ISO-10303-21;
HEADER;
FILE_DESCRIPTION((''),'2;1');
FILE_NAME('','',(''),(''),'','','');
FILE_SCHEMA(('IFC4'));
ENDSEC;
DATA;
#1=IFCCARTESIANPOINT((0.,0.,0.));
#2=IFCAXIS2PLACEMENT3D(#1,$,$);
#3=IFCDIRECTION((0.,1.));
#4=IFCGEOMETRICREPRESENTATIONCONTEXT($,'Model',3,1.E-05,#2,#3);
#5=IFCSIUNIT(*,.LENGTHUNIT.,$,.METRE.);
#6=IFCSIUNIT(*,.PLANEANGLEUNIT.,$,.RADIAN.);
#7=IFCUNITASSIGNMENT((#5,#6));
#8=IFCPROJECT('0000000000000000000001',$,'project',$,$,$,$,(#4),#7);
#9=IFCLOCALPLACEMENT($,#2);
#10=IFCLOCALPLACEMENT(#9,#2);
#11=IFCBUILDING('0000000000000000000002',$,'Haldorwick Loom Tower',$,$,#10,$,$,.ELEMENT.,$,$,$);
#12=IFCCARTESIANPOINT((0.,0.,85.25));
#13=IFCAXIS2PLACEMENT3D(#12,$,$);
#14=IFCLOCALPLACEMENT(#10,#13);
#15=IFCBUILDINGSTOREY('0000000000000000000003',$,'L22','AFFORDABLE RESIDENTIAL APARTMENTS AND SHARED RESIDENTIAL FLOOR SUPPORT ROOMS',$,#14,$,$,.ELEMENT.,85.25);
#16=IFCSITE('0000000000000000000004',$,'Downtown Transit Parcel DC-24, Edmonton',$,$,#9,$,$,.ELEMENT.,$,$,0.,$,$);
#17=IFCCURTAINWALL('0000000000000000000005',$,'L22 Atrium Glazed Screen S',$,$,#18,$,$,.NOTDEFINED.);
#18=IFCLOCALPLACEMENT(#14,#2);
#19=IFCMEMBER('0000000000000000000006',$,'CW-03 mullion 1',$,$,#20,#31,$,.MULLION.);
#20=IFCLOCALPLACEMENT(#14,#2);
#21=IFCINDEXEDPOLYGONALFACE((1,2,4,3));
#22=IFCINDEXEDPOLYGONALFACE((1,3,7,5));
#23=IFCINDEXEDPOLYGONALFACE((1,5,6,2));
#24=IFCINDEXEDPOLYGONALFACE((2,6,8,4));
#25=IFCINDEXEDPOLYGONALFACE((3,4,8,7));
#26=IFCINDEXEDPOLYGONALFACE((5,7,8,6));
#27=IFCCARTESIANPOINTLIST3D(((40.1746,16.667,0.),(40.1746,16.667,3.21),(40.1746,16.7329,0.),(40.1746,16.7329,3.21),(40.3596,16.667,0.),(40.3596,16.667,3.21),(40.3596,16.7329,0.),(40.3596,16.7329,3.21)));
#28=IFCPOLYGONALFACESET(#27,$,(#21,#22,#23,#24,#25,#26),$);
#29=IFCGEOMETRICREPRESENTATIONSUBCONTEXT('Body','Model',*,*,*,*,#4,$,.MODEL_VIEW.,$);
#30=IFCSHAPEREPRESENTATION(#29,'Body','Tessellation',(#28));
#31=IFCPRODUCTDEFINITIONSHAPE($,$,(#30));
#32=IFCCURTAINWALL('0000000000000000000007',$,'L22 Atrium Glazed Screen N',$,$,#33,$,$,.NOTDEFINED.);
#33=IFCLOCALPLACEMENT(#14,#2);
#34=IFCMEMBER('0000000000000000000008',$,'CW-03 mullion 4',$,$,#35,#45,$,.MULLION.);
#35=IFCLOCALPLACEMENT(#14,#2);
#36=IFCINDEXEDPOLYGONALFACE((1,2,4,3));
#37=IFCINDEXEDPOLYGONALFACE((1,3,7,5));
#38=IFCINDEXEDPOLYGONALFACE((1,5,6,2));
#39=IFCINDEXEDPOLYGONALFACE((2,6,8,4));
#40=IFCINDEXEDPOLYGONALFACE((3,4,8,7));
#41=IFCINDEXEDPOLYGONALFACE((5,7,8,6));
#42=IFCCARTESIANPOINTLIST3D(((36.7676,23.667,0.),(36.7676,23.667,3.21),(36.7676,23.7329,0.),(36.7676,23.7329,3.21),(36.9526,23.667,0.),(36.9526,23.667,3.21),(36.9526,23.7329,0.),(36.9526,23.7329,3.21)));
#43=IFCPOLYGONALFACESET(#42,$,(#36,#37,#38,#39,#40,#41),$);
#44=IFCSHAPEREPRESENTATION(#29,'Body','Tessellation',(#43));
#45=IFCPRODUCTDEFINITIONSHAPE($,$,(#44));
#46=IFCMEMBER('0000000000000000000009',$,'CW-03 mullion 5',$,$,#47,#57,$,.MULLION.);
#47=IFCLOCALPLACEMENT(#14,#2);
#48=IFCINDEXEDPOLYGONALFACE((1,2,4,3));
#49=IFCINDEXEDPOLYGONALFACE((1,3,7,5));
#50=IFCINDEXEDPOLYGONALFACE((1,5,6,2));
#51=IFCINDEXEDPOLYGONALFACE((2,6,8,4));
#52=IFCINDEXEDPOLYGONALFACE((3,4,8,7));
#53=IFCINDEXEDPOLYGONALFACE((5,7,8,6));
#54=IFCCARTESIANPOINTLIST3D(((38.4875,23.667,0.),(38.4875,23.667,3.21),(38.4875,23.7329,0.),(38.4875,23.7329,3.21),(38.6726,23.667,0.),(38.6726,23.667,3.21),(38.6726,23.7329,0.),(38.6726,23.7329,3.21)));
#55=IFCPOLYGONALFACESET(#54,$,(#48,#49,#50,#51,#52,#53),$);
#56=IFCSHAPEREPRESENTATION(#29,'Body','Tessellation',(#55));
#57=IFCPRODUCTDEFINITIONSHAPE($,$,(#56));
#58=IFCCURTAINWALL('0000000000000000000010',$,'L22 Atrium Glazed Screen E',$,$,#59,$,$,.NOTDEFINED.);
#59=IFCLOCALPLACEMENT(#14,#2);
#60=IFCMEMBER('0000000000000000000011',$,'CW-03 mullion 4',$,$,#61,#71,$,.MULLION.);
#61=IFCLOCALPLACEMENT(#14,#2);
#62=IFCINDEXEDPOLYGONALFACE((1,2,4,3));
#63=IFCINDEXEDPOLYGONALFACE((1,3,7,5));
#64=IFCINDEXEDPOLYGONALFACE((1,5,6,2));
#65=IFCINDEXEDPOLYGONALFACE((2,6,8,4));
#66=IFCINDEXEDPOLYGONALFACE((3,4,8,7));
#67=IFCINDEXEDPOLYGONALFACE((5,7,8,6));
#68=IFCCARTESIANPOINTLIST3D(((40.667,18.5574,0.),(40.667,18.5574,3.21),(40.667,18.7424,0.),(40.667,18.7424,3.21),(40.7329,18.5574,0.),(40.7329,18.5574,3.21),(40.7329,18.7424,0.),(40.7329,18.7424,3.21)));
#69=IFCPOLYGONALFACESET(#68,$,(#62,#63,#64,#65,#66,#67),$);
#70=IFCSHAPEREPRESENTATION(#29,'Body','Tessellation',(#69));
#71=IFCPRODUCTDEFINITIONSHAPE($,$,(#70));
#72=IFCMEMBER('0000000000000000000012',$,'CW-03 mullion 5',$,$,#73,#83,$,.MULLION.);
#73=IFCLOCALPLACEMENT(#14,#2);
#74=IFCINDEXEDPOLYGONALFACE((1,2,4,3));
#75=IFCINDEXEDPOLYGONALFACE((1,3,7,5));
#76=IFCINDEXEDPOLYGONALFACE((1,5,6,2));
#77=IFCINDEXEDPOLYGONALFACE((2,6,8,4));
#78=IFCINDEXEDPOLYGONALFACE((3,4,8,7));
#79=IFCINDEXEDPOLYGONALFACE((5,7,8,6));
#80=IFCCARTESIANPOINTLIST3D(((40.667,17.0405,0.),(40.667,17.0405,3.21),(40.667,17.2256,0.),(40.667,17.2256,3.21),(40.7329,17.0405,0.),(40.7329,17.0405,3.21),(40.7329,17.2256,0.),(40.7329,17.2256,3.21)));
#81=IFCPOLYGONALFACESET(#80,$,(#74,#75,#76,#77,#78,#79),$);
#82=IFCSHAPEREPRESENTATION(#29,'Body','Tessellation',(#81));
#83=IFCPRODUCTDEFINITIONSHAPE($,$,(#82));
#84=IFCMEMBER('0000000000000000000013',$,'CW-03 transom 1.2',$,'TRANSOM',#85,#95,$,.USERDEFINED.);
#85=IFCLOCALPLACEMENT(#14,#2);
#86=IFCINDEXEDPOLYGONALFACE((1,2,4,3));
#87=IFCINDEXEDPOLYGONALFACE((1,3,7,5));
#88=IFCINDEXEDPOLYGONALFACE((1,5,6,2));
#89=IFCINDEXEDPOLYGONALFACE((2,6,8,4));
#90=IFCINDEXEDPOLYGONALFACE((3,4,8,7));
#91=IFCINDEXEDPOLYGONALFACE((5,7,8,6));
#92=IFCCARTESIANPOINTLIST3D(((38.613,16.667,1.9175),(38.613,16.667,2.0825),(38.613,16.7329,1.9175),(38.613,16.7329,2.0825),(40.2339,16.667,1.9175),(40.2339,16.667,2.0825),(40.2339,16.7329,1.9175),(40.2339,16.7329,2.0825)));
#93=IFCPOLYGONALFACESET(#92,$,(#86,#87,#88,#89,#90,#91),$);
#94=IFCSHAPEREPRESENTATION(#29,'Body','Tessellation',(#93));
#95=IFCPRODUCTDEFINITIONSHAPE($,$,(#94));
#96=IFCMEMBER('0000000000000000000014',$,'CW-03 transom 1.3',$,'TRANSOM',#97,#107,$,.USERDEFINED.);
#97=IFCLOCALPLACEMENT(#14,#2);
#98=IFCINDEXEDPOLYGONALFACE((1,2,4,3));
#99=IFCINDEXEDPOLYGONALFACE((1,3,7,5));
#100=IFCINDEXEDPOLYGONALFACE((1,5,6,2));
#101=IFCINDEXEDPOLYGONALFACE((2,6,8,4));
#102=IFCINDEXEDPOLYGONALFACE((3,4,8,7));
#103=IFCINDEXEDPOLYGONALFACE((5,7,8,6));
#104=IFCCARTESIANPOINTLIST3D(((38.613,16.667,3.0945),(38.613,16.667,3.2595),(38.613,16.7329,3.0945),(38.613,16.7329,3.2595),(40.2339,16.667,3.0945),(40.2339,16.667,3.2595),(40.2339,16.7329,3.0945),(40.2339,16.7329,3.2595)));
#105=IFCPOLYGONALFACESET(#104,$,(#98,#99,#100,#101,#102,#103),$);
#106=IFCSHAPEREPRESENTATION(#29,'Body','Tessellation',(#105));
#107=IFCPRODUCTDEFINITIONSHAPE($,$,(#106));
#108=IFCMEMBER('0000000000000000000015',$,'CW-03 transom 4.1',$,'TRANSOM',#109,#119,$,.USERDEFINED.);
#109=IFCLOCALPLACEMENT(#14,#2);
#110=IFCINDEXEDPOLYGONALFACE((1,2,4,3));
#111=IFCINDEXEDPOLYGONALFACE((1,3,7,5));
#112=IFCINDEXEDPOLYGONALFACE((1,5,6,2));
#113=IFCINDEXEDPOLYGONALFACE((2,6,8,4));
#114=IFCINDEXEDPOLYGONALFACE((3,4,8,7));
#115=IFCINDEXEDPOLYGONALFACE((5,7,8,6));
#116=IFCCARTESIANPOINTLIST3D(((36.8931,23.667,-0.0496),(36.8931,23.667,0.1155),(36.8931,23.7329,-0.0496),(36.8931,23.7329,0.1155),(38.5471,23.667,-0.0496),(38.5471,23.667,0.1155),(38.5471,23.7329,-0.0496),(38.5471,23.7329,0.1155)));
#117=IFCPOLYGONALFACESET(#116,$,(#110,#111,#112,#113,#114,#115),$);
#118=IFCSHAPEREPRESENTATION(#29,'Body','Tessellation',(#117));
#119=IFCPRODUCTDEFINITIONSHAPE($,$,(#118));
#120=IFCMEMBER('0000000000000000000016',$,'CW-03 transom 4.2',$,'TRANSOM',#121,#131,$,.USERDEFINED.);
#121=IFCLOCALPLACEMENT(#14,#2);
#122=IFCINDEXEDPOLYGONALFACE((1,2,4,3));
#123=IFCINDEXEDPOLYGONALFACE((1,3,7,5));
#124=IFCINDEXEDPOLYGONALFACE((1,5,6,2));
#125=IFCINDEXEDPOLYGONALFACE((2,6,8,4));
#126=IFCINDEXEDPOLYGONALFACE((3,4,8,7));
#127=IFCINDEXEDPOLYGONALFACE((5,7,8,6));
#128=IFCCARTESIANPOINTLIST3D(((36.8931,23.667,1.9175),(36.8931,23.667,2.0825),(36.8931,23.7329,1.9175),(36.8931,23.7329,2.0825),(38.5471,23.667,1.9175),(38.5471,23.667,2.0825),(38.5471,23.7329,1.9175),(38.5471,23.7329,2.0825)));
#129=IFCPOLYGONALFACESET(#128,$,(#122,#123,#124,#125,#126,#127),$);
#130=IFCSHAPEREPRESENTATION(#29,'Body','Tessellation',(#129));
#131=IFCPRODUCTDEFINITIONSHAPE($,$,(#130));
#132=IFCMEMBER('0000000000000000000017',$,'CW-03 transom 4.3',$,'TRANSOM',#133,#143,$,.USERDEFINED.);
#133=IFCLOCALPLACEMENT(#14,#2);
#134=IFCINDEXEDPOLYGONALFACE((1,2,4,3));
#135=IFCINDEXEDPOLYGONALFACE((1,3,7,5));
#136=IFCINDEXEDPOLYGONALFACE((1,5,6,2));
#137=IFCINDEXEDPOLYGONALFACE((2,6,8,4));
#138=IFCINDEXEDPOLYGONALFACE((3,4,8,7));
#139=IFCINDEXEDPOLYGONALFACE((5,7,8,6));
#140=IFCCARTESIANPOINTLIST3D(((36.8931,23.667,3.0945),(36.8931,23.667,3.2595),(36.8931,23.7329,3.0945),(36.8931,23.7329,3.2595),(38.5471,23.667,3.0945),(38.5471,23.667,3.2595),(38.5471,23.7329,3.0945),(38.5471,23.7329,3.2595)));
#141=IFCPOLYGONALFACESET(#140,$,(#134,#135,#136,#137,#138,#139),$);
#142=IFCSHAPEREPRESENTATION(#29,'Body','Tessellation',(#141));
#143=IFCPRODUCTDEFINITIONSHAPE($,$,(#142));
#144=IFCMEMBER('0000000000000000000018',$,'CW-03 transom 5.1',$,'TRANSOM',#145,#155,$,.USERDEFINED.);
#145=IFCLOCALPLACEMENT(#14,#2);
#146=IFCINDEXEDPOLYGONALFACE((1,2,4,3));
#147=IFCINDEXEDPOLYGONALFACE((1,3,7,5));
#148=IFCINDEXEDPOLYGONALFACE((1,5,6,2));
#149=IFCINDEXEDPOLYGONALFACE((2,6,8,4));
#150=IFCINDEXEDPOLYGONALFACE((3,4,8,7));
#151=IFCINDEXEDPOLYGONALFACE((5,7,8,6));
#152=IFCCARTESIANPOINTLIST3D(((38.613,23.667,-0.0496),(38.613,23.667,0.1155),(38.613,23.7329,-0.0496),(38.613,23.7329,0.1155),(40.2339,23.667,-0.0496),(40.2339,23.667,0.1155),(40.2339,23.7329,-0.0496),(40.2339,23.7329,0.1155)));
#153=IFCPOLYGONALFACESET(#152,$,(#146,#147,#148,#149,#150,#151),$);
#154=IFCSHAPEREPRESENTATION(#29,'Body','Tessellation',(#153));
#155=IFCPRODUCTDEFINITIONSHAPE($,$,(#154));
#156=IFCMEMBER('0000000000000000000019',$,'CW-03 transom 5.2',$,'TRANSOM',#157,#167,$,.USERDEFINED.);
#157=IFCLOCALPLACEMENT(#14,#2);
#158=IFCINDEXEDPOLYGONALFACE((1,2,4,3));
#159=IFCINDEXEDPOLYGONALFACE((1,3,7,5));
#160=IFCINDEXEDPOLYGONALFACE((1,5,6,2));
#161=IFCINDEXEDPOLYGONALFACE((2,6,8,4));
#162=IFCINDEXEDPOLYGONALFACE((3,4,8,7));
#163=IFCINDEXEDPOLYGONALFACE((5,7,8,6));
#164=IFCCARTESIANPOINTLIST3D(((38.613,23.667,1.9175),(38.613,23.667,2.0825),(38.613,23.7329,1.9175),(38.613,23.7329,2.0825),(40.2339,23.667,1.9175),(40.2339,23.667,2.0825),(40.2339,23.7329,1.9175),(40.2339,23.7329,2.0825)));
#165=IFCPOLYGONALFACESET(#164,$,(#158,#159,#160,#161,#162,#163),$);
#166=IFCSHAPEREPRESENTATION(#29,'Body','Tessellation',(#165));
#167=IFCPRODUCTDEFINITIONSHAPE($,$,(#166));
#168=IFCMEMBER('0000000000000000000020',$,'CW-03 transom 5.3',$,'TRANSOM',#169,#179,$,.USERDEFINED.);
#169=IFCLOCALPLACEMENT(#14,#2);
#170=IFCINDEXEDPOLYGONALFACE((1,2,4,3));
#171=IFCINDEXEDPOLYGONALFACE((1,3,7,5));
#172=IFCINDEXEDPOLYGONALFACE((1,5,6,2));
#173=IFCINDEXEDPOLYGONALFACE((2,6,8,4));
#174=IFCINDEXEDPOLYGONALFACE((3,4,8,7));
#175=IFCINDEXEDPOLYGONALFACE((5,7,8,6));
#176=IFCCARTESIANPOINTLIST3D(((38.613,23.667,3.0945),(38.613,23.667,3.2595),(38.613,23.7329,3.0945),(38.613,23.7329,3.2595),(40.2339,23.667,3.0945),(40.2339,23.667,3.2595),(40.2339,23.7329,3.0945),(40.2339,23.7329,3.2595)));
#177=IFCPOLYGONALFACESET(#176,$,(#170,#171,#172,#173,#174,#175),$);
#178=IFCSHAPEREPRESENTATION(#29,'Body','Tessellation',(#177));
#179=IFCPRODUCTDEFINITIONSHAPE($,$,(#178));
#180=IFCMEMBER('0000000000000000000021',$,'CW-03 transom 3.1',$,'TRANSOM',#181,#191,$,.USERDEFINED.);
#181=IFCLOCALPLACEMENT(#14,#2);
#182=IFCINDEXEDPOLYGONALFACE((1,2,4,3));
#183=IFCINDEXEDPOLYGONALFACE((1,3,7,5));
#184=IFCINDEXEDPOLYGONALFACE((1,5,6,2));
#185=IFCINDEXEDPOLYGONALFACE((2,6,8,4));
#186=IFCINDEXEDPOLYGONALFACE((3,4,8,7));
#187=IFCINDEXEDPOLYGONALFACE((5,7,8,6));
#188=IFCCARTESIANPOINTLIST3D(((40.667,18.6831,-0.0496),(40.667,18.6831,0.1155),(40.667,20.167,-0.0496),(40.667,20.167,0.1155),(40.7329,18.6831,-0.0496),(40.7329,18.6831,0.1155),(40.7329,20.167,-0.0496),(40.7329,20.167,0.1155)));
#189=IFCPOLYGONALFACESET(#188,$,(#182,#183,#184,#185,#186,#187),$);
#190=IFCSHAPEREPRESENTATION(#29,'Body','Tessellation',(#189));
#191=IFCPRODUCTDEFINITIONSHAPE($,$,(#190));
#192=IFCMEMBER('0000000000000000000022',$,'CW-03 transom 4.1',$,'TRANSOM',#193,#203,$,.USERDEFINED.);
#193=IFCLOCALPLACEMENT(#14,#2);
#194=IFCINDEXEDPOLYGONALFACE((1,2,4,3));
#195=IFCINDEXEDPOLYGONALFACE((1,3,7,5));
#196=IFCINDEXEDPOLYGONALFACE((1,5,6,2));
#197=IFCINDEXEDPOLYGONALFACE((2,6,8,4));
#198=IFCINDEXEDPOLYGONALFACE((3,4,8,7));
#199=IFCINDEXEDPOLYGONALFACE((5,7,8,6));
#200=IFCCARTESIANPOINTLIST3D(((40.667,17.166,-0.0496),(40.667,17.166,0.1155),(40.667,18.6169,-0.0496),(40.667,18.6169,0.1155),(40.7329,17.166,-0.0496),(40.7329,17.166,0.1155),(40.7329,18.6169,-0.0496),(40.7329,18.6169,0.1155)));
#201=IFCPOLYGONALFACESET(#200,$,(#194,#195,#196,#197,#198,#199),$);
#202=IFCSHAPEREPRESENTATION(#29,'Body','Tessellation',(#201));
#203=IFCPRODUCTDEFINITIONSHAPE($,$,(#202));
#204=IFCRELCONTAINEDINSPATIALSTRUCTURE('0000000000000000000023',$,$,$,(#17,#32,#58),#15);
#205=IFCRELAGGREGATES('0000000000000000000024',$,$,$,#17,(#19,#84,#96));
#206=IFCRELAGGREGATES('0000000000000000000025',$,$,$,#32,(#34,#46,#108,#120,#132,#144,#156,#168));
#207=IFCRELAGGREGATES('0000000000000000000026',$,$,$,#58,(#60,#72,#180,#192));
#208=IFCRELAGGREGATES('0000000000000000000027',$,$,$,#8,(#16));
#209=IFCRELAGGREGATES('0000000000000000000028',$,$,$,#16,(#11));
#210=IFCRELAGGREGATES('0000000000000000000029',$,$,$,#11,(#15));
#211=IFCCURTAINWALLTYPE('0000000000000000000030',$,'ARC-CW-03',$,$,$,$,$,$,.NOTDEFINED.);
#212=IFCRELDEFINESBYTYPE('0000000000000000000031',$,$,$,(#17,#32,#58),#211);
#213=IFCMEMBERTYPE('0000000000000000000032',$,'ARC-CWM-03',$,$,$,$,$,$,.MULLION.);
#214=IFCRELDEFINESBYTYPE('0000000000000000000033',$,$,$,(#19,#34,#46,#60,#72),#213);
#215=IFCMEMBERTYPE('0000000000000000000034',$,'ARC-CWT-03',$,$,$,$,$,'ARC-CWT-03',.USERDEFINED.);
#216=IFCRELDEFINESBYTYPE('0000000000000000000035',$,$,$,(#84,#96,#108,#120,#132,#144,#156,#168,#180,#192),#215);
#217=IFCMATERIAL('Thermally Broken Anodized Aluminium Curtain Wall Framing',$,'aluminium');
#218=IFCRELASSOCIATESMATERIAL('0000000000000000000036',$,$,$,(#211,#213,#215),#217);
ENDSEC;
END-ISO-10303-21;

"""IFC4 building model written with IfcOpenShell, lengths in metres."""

from ifc_helpers import new_model, si_unit, direction, frame, origin, origin_2d, place, context, subcontext, project, spatial, rectangle, extrude, material, material_profile, profile_set, type_object, element, aggregate, save


model = new_model("IFC4")

# Units and contexts
model_context = context("Model", 3, precision=1e-05, world=origin(), true_north=direction((0.0, 1.0)))
body_context = subcontext(model_context, "Body", "Model", "MODEL_VIEW")
ifc_project = project(units=[si_unit("LENGTHUNIT", "METRE"), si_unit("PLANEANGLEUNIT", "RADIAN")], contexts=[model_context])

# Site, building, storey
site_placement = place(None, origin())
site = spatial("IfcSite", under=ifc_project, at=site_placement, Name="Downtown Transit Parcel DC-24, Edmonton", CompositionType="ELEMENT", RefElevation=0.0)
building_placement = place(site_placement, origin())
building = spatial("IfcBuilding", under=site, at=building_placement, Name="Haldorwick Loom Tower", CompositionType="ELEMENT")
storey_placement = place(building_placement, frame((0.0, 0.0, 85.25)))
storey = spatial("IfcBuildingStorey", under=building, at=storey_placement, Name="L22", Description="AFFORDABLE RESIDENTIAL APARTMENTS AND SHARED RESIDENTIAL FLOOR SUPPORT ROOMS", CompositionType="ELEMENT", Elevation=85.25)

# Curtain wall, member
ifc_material_1 = material(Name="Thermally Broken Anodized Aluminium Curtain Wall Framing", Category="aluminium")
curtain_wall_type = type_object("IfcCurtainWallType", Name="ARC-CW-03", PredefinedType="NOTDEFINED", material=ifc_material_1)
curtain_wall_1_placement = place(storey_placement, origin())
curtain_wall_1 = element("IfcCurtainWall", 1, at=curtain_wall_1_placement, inside=storey, type_object=curtain_wall_type, Name="L22 Atrium Glazed Screen S", PredefinedType="NOTDEFINED")
ifc_material_profile_1 = material_profile(ifc_material_1, rectangle(XDim=0.0659, YDim=0.1851, at=origin_2d()), Name="ALU_MUL_66X185", Category="aluminium")
ifc_profile_set_1 = profile_set([ifc_material_profile_1], Name="Thermally Broken Anodized Aluminium Curtain Wall Framing")
member_type_1 = type_object("IfcMemberType", Name="ARC-CWM-03", PredefinedType="MULLION", material=ifc_profile_set_1)
member_1_placement = place(storey_placement, frame((40.2671, 16.7, 0.0), z_axis=(0.0, 0.0, 1.0), x_axis=(0.0, -1.0, 0.0)))
member_1 = element("IfcMember", 2, at=member_1_placement, type_object=member_type_1, Name="CW-03 mullion 1", PredefinedType="MULLION", context=body_context, shape_type="SweptSolid", body=[
    extrude(rectangle(XDim=0.0659, YDim=0.1851, at=origin_2d()), origin(), (0.0, 0.0, 1.0), 3.21),
])

# Curtain walls, members
curtain_wall_2_placement = place(storey_placement, origin())
curtain_wall_2 = element("IfcCurtainWall", 3, at=curtain_wall_2_placement, inside=storey, type_object=curtain_wall_type, Name="L22 Atrium Glazed Screen N", PredefinedType="NOTDEFINED")
member_2_placement = place(storey_placement, frame((36.8601, 23.7, 0.0), z_axis=(0.0, 0.0, 1.0), x_axis=(0.0, 1.0, 0.0)))
member_2 = element("IfcMember", 4, at=member_2_placement, type_object=member_type_1, Name="CW-03 mullion 4", PredefinedType="MULLION", context=body_context, shape_type="SweptSolid", body=[
    extrude(rectangle(XDim=0.0659, YDim=0.1851, at=origin_2d()), origin(), (0.0, 0.0, 1.0), 3.21),
])
member_3_placement = place(storey_placement, frame((38.5801, 23.7, 0.0), z_axis=(0.0, 0.0, 1.0), x_axis=(0.0, 1.0, 0.0)))
member_3 = element("IfcMember", 5, at=member_3_placement, type_object=member_type_1, Name="CW-03 mullion 5", PredefinedType="MULLION", context=body_context, shape_type="SweptSolid", body=[
    extrude(rectangle(XDim=0.0659, YDim=0.1851, at=origin_2d()), origin(), (0.0, 0.0, 1.0), 3.21),
])
curtain_wall_3_placement = place(storey_placement, origin())
curtain_wall_3 = element("IfcCurtainWall", 6, at=curtain_wall_3_placement, inside=storey, type_object=curtain_wall_type, Name="L22 Atrium Glazed Screen E", PredefinedType="NOTDEFINED")
member_4_placement = place(storey_placement, frame((40.7, 18.6499, 0.0), z_axis=(0.0, 0.0, 1.0), x_axis=(1.0, 0.0, 0.0)))
member_4 = element("IfcMember", 7, at=member_4_placement, type_object=member_type_1, Name="CW-03 mullion 4", PredefinedType="MULLION", context=body_context, shape_type="SweptSolid", body=[
    extrude(rectangle(XDim=0.0659, YDim=0.1851, at=origin_2d()), origin(), (0.0, 0.0, 1.0), 3.21),
])
member_5_placement = place(storey_placement, frame((40.7, 17.1331, 0.0), z_axis=(0.0, 0.0, 1.0), x_axis=(1.0, 0.0, 0.0)))
member_5 = element("IfcMember", 8, at=member_5_placement, type_object=member_type_1, Name="CW-03 mullion 5", PredefinedType="MULLION", context=body_context, shape_type="SweptSolid", body=[
    extrude(rectangle(XDim=0.0659, YDim=0.1851, at=origin_2d()), origin(), (0.0, 0.0, 1.0), 3.21),
])

# Members
ifc_material_profile_2 = material_profile(ifc_material_1, rectangle(XDim=0.0659, YDim=0.165, at=origin_2d()), Name="ALU_TRN_66X165", Category="aluminium")
ifc_profile_set_2 = profile_set([ifc_material_profile_2], Name="Thermally Broken Anodized Aluminium Curtain Wall Framing")
member_type_2 = type_object("IfcMemberType", Name="ARC-CWT-03", ElementType="ARC-CWT-03", PredefinedType="USERDEFINED", material=ifc_profile_set_2)
member_6_placement = place(storey_placement, frame((40.2339, 16.7, 2.0), z_axis=(-1.0, 0.0, 0.0), x_axis=(0.0, -1.0, 0.0)))
member_6 = element("IfcMember", 9, at=member_6_placement, type_object=member_type_2, Name="CW-03 transom 1.2", ObjectType="TRANSOM", PredefinedType="USERDEFINED", context=body_context, shape_type="SweptSolid", body=[
    extrude(rectangle(XDim=0.0659, YDim=0.165, at=origin_2d()), origin(), (0.0, 0.0, 1.0), 1.6208),
])
member_7_placement = place(storey_placement, frame((40.2339, 16.7, 3.177), z_axis=(-1.0, 0.0, 0.0), x_axis=(0.0, -1.0, 0.0)))
member_7 = element("IfcMember", 10, at=member_7_placement, type_object=member_type_2, Name="CW-03 transom 1.3", ObjectType="TRANSOM", PredefinedType="USERDEFINED", context=body_context, shape_type="SweptSolid", body=[
    extrude(rectangle(XDim=0.0659, YDim=0.165, at=origin_2d()), origin(), (0.0, 0.0, 1.0), 1.6208),
])
aggregate(curtain_wall_1, [member_1, member_6, member_7])
member_8_placement = place(storey_placement, frame((36.8931, 23.7, 0.033), z_axis=(1.0, 0.0, 0.0), x_axis=(0.0, 1.0, 0.0)))
member_8 = element("IfcMember", 11, at=member_8_placement, type_object=member_type_2, Name="CW-03 transom 4.1", ObjectType="TRANSOM", PredefinedType="USERDEFINED", context=body_context, shape_type="SweptSolid", body=[
    extrude(rectangle(XDim=0.0659, YDim=0.165, at=origin_2d()), origin(), (0.0, 0.0, 1.0), 1.6541),
])
member_9_placement = place(storey_placement, frame((36.8931, 23.7, 2.0), z_axis=(1.0, 0.0, 0.0), x_axis=(0.0, 1.0, 0.0)))
member_9 = element("IfcMember", 12, at=member_9_placement, type_object=member_type_2, Name="CW-03 transom 4.2", ObjectType="TRANSOM", PredefinedType="USERDEFINED", context=body_context, shape_type="SweptSolid", body=[
    extrude(rectangle(XDim=0.0659, YDim=0.165, at=origin_2d()), origin(), (0.0, 0.0, 1.0), 1.6541),
])
member_10_placement = place(storey_placement, frame((36.8931, 23.7, 3.177), z_axis=(1.0, 0.0, 0.0), x_axis=(0.0, 1.0, 0.0)))
member_10 = element("IfcMember", 13, at=member_10_placement, type_object=member_type_2, Name="CW-03 transom 4.3", ObjectType="TRANSOM", PredefinedType="USERDEFINED", context=body_context, shape_type="SweptSolid", body=[
    extrude(rectangle(XDim=0.0659, YDim=0.165, at=origin_2d()), origin(), (0.0, 0.0, 1.0), 1.6541),
])
member_11_placement = place(storey_placement, frame((38.613, 23.7, 0.033), z_axis=(1.0, 0.0, 0.0), x_axis=(0.0, 1.0, 0.0)))
member_11 = element("IfcMember", 14, at=member_11_placement, type_object=member_type_2, Name="CW-03 transom 5.1", ObjectType="TRANSOM", PredefinedType="USERDEFINED", context=body_context, shape_type="SweptSolid", body=[
    extrude(rectangle(XDim=0.0659, YDim=0.165, at=origin_2d()), origin(), (0.0, 0.0, 1.0), 1.6208),
])
member_12_placement = place(storey_placement, frame((38.613, 23.7, 2.0), z_axis=(1.0, 0.0, 0.0), x_axis=(0.0, 1.0, 0.0)))
member_12 = element("IfcMember", 15, at=member_12_placement, type_object=member_type_2, Name="CW-03 transom 5.2", ObjectType="TRANSOM", PredefinedType="USERDEFINED", context=body_context, shape_type="SweptSolid", body=[
    extrude(rectangle(XDim=0.0659, YDim=0.165, at=origin_2d()), origin(), (0.0, 0.0, 1.0), 1.6208),
])
member_13_placement = place(storey_placement, frame((38.613, 23.7, 3.177), z_axis=(1.0, 0.0, 0.0), x_axis=(0.0, 1.0, 0.0)))
member_13 = element("IfcMember", 16, at=member_13_placement, type_object=member_type_2, Name="CW-03 transom 5.3", ObjectType="TRANSOM", PredefinedType="USERDEFINED", context=body_context, shape_type="SweptSolid", body=[
    extrude(rectangle(XDim=0.0659, YDim=0.165, at=origin_2d()), origin(), (0.0, 0.0, 1.0), 1.6208),
])
member_14_placement = place(storey_placement, frame((40.7, 20.167, 0.033), z_axis=(0.0, -1.0, 0.0), x_axis=(1.0, 0.0, 0.0)))
member_14 = element("IfcMember", 17, at=member_14_placement, type_object=member_type_2, Name="CW-03 transom 3.1", ObjectType="TRANSOM", PredefinedType="USERDEFINED", context=body_context, shape_type="SweptSolid", body=[
    extrude(rectangle(XDim=0.0659, YDim=0.165, at=origin_2d()), origin(), (0.0, 0.0, 1.0), 1.4839),
])
member_15_placement = place(storey_placement, frame((40.7, 18.6169, 0.033), z_axis=(0.0, -1.0, 0.0), x_axis=(1.0, 0.0, 0.0)))
member_15 = element("IfcMember", 18, at=member_15_placement, type_object=member_type_2, Name="CW-03 transom 4.1", ObjectType="TRANSOM", PredefinedType="USERDEFINED", context=body_context, shape_type="SweptSolid", body=[
    extrude(rectangle(XDim=0.0659, YDim=0.165, at=origin_2d()), origin(), (0.0, 0.0, 1.0), 1.4509),
])

aggregate(curtain_wall_2, [member_2, member_3, member_8, member_9, member_10, member_11, member_12, member_13])
aggregate(curtain_wall_3, [member_4, member_5, member_14, member_15])

save(model, "model.ifc")
